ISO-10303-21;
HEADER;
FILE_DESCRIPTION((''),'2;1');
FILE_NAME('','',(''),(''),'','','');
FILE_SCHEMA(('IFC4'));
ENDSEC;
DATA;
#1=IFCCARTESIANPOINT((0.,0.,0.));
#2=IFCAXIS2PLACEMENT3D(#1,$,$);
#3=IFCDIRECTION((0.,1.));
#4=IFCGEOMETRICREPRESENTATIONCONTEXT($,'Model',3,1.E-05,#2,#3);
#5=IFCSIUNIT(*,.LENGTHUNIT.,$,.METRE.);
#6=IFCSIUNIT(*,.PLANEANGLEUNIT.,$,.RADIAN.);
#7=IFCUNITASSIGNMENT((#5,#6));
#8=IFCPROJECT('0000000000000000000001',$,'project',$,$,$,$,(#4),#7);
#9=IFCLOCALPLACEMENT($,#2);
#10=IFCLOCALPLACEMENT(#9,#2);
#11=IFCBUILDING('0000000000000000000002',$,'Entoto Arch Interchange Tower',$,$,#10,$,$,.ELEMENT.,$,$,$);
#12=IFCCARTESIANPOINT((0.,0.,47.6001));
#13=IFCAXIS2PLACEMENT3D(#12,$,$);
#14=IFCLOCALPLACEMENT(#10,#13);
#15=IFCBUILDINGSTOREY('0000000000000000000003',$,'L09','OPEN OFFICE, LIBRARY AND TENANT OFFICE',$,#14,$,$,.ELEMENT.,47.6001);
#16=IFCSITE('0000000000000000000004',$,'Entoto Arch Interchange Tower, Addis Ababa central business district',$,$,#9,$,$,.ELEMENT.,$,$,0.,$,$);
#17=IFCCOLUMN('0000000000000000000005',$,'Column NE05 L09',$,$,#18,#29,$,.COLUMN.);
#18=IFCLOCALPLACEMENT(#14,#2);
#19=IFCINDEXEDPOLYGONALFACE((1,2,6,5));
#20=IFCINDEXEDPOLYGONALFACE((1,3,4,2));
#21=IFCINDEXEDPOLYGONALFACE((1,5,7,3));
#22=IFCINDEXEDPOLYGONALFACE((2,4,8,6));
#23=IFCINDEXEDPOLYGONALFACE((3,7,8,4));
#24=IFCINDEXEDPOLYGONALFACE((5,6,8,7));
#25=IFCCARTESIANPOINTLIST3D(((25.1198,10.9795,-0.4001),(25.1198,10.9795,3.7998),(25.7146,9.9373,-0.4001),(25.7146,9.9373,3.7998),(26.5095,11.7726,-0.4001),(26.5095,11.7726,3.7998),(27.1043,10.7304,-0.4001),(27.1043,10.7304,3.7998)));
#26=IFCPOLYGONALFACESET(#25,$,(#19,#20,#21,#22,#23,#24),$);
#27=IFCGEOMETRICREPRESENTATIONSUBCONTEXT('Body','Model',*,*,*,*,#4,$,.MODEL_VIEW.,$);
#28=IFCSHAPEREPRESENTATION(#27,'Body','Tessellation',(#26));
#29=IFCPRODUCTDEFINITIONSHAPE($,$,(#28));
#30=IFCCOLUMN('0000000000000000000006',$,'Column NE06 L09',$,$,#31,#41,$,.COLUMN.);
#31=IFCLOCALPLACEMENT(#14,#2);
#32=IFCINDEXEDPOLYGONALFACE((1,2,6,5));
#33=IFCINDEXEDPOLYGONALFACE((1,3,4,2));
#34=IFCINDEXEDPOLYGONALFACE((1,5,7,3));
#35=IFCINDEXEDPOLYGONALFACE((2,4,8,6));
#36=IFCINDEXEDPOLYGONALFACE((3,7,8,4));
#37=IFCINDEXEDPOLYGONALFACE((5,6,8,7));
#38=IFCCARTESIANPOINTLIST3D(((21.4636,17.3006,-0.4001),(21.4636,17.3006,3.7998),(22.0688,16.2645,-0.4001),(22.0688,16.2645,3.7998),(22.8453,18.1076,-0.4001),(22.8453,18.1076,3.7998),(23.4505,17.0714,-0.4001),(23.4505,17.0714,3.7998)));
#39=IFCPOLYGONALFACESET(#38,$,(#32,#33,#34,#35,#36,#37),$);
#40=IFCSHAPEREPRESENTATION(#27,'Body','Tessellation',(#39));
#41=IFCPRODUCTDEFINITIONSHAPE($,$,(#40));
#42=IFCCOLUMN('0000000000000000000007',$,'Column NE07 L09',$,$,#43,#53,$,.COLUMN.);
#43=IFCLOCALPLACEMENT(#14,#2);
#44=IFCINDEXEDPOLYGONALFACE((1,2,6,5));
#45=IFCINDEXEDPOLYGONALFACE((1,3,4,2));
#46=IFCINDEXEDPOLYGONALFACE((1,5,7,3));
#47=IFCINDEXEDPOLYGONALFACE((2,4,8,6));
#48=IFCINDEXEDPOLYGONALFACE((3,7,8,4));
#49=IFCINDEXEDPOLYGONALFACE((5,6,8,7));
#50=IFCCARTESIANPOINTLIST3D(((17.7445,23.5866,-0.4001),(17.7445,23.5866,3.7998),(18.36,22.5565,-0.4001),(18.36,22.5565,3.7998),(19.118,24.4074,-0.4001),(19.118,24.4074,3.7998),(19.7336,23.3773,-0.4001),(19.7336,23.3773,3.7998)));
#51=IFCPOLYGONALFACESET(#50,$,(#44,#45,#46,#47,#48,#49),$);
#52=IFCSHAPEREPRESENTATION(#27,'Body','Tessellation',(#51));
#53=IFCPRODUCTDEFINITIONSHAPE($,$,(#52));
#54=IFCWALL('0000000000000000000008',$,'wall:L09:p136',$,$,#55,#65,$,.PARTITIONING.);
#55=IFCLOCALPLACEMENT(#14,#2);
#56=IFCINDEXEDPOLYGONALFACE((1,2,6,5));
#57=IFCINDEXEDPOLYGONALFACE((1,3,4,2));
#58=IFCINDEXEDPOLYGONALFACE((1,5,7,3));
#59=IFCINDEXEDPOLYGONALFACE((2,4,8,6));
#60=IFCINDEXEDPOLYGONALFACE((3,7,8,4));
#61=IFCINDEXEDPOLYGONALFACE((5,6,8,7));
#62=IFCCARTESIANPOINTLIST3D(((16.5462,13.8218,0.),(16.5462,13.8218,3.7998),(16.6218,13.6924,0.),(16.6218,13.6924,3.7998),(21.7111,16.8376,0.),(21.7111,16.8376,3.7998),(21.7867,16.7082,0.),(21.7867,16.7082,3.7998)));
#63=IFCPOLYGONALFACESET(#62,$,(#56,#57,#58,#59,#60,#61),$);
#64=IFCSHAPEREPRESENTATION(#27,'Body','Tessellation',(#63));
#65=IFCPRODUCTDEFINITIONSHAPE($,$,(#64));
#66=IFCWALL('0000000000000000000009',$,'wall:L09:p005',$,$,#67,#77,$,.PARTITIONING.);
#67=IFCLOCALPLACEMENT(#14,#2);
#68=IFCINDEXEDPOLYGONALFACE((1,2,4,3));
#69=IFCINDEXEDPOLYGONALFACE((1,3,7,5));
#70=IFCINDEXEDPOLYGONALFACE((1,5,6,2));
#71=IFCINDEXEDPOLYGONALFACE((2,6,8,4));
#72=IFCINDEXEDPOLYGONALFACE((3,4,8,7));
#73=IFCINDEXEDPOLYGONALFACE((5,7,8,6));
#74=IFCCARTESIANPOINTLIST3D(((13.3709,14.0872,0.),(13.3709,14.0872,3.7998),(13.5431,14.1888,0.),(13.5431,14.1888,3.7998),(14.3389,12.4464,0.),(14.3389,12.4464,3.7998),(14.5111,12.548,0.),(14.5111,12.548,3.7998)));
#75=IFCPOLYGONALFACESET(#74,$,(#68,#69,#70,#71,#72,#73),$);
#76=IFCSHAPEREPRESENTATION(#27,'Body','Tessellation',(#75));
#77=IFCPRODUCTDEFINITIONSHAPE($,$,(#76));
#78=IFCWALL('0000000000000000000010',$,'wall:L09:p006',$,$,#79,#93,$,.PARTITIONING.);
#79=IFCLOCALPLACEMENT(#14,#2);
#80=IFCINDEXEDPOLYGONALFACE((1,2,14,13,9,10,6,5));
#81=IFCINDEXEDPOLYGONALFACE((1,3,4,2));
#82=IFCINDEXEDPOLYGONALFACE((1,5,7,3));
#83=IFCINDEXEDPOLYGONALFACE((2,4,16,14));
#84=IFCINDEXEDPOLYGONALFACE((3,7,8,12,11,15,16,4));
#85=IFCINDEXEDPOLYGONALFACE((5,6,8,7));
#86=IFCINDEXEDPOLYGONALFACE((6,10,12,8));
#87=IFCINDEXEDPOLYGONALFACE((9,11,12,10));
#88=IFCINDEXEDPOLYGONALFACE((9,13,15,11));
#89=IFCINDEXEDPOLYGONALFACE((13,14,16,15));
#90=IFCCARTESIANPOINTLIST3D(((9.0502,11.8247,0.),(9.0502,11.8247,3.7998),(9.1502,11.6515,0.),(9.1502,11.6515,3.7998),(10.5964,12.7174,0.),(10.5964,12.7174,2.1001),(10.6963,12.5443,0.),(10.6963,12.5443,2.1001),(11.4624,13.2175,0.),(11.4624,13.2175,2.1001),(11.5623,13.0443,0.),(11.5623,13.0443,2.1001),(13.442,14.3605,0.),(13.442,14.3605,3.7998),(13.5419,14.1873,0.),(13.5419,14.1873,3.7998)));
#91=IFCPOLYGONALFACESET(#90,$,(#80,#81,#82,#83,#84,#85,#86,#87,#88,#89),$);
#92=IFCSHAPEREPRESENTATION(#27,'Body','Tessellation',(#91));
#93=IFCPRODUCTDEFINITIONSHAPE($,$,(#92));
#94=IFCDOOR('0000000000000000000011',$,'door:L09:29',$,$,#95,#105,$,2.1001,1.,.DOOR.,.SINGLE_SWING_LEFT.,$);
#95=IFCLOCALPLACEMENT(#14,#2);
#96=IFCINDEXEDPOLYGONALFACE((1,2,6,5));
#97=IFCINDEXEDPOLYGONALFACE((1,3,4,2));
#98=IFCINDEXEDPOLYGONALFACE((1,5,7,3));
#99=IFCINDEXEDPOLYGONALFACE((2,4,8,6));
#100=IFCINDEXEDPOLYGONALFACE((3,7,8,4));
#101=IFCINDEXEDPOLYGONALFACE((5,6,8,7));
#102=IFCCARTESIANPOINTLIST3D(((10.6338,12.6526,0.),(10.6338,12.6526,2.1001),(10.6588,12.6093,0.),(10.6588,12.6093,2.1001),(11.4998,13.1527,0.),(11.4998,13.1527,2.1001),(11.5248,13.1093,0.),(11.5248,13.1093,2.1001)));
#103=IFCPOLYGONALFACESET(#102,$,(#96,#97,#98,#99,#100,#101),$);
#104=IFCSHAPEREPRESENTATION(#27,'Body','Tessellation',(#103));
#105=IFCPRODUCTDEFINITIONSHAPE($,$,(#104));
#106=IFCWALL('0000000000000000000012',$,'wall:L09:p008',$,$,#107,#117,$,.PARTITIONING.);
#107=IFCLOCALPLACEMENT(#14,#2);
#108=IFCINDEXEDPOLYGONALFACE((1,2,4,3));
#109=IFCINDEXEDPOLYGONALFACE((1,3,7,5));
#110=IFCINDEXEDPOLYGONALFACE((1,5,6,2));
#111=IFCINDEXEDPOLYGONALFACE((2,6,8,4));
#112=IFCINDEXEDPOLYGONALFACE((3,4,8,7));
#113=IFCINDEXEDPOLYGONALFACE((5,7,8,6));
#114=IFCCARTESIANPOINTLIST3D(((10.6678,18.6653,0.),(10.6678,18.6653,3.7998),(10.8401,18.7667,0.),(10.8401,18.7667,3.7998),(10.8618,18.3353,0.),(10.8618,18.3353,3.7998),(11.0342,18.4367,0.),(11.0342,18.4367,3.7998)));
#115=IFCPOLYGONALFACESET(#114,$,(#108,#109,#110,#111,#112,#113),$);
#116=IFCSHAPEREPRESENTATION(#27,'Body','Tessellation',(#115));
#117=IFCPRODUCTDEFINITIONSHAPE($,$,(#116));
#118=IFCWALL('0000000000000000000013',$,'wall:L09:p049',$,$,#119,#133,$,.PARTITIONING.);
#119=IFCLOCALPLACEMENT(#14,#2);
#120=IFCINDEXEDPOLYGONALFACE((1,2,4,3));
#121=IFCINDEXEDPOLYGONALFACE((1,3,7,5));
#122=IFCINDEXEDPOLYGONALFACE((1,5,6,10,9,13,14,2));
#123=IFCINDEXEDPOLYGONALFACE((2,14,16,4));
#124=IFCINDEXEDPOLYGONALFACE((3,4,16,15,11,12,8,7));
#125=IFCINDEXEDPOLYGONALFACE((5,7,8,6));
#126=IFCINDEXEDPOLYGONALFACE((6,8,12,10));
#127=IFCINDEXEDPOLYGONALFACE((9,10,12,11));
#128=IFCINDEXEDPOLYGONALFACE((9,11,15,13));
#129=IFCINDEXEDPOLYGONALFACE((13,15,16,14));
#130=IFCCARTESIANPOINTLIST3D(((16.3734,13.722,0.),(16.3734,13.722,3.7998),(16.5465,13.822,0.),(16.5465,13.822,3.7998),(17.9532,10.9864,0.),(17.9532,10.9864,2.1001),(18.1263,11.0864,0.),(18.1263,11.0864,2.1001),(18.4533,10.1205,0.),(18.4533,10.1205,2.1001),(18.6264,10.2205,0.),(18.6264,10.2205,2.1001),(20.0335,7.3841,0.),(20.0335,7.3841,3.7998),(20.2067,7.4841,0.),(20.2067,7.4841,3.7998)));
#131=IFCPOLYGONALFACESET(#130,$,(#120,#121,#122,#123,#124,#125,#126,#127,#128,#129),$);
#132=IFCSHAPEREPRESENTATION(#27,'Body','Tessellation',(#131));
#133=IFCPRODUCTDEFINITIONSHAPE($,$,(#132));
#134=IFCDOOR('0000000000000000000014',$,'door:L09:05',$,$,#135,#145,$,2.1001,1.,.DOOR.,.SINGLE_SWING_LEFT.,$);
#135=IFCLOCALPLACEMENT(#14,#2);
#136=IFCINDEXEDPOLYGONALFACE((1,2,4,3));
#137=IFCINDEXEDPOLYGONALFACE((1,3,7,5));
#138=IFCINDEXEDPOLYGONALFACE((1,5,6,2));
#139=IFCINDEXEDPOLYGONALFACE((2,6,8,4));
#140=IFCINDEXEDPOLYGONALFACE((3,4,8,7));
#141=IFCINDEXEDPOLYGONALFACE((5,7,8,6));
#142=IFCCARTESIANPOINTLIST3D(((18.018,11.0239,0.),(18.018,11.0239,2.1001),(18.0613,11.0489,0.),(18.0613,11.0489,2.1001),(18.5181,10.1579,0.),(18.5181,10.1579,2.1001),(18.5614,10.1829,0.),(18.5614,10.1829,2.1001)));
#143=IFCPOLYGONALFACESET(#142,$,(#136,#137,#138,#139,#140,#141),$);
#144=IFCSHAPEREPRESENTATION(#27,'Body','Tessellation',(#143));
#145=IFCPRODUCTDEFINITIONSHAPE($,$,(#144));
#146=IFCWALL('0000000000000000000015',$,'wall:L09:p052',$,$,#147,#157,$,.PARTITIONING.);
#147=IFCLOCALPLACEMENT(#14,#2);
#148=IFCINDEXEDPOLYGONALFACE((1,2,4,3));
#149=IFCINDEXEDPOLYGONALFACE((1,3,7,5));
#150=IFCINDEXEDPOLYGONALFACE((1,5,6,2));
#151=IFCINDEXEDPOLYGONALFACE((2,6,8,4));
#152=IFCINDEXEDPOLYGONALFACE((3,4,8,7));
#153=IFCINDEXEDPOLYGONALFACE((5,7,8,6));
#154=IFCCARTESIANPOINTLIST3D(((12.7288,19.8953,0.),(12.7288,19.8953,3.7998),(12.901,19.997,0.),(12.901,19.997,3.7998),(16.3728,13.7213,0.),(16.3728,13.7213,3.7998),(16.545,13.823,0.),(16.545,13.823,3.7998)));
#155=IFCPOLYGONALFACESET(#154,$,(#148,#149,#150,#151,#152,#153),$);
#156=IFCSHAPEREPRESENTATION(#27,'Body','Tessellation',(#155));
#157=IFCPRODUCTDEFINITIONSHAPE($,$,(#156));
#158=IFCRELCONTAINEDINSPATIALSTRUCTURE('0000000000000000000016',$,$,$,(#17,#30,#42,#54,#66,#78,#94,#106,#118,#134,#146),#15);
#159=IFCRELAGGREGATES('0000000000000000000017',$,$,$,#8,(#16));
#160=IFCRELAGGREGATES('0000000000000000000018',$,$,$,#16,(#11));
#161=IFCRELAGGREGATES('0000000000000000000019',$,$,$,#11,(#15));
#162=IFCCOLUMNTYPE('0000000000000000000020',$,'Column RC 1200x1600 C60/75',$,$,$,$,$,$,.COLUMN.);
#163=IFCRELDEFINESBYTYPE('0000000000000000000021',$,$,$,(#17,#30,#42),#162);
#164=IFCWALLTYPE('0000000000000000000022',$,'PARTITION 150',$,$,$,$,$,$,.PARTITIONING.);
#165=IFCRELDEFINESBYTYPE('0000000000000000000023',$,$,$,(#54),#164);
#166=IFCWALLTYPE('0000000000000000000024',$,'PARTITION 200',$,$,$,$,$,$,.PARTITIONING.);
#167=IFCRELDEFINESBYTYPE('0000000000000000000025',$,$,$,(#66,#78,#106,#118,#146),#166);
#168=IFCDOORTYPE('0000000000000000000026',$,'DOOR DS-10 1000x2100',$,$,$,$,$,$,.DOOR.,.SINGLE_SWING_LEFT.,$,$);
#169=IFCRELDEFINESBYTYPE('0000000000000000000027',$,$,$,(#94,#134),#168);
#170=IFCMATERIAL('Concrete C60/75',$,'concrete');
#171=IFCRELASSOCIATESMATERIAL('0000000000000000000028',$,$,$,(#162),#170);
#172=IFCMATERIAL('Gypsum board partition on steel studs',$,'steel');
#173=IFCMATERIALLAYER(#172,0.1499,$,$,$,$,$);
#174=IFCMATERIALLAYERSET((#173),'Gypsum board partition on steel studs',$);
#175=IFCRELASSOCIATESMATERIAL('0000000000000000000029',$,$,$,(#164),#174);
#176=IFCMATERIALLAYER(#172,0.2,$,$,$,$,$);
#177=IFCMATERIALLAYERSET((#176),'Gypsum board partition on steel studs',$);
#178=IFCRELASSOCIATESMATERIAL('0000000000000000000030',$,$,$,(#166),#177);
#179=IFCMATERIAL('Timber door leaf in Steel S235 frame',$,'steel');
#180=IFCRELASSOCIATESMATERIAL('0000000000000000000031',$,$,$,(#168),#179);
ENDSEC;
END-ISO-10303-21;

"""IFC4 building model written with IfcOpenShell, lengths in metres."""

from ifc_helpers import new_model, si_unit, direction, frame, frame_2d, origin, origin_2d, place, context, subcontext, project, spatial, rectangle, extrude, material, layer, layer_set, material_profile, profile_set, type_object, element, fill, save


model = new_model("IFC4")

# Units and contexts
model_context = context("Model", 3, precision=1e-05, world=origin(), true_north=direction((0.0, 1.0)))
body_context = subcontext(model_context, "Body", "Model", "MODEL_VIEW")
ifc_project = project(units=[si_unit("LENGTHUNIT", "METRE"), si_unit("PLANEANGLEUNIT", "RADIAN")], contexts=[model_context])

# Site, building, storey
site_placement = place(None, origin())
site = spatial("IfcSite", under=ifc_project, at=site_placement, Name="Entoto Arch Interchange Tower, Addis Ababa central business district", CompositionType="ELEMENT", RefElevation=0.0)
building_placement = place(site_placement, origin())
building = spatial("IfcBuilding", under=site, at=building_placement, Name="Entoto Arch Interchange Tower", CompositionType="ELEMENT")
storey_placement = place(building_placement, frame((0.0, 0.0, 47.6001)))
storey = spatial("IfcBuildingStorey", under=building, at=storey_placement, Name="L09", Description="OPEN OFFICE, LIBRARY AND TENANT OFFICE", CompositionType="ELEMENT", Elevation=47.6001)

# Columns
ifc_material_1 = material(Name="Concrete C60/75", Category="concrete")
ifc_material_profile = material_profile(ifc_material_1, rectangle(XDim=1.2, YDim=1.6001, at=origin_2d()))
ifc_profile_set = profile_set([ifc_material_profile], Name="Concrete C60/75")
column_type = type_object("IfcColumnType", Name="Column RC 1200x1600 C60/75", PredefinedType="COLUMN", material=ifc_profile_set)
for number, where, z_axis, x_axis, name in (
    (1, (26.1121, 10.855, -0.4001), (0.0, 0.0, 1.0), (-0.495656, 0.868519, 0.0), "Column NE05 L09"),
    (2, (22.457, 17.186, -0.4001), (0.0, 0.0, 1.0), (-0.504332, 0.86351, 0.0), "Column NE06 L09"),
    (3, (18.739, 23.4819, -0.4001), (0.0, 0.0, 1.0), (-0.512972, 0.858405, 0.0), "Column NE07 L09"),
):
    element("IfcColumn", number, at=place(storey_placement, frame(where, z_axis=z_axis, x_axis=x_axis)), inside=storey, type_object=column_type, Name=name, PredefinedType="COLUMN", context=body_context, shape_type="SweptSolid", body=[
        extrude(rectangle(XDim=1.2, YDim=1.6001, at=origin_2d()), origin(), (0.0, 0.0, 1.0), 4.2),
    ])

# Walls
ifc_material_2 = material(Name="Gypsum board partition on steel studs", Category="steel")
ifc_layer_1 = layer(ifc_material_2, 0.1499)
ifc_layer_set_1 = layer_set([ifc_layer_1], Name="Gypsum board partition on steel studs")
wall_type_1 = type_object("IfcWallType", Name="PARTITION 150", PredefinedType="PARTITIONING", material=ifc_layer_set_1)
wall_1_placement = place(storey_placement, frame((16.584, 13.7571, 0.0), z_axis=(0.0, 0.0, 1.0), x_axis=(0.863566, 0.504236, 0.0)))
element("IfcWall", 4, at=wall_1_placement, inside=storey, type_object=wall_type_1, Name="wall:L09:p136", PredefinedType="PARTITIONING", context=body_context, shape_type="SweptSolid", body=[
    extrude(rectangle(XDim=5.981, YDim=0.1499, at=frame_2d((2.9905, 0.0))), origin(), (0.0, 0.0, 1.0), 3.7998),
])
ifc_layer_2 = layer(ifc_material_2, 0.2)
ifc_layer_set_2 = layer_set([ifc_layer_2], Name="Gypsum board partition on steel studs")
wall_type_2 = type_object("IfcWallType", Name="PARTITION 200", PredefinedType="PARTITIONING", material=ifc_layer_set_2)
wall_2_placement = place(storey_placement, frame((14.425, 12.4971, 0.0), z_axis=(0.0, 0.0, 1.0), x_axis=(-0.508112, 0.861291, 0.0)))
element("IfcWall", 5, at=wall_2_placement, inside=storey, type_object=wall_type_2, Name="wall:L09:p005", PredefinedType="PARTITIONING", context=body_context, shape_type="SweptSolid", body=[
    extrude(rectangle(XDim=1.905, YDim=0.2, at=frame_2d((0.9526, 0.0))), origin(), (0.0, 0.0, 1.0), 3.7998),
])

# Wall, opening, door
wall_3_placement = place(storey_placement, frame((13.4919, 14.2739, 0.0), z_axis=(0.0, 0.0, 1.0), x_axis=(-0.866004, -0.500038, 0.0)))
wall_3 = element("IfcWall", 6, at=wall_3_placement, inside=storey, type_object=wall_type_2, Name="wall:L09:p006", PredefinedType="PARTITIONING", context=body_context, shape_type="SweptSolid", body=[
    extrude(rectangle(XDim=5.0713, YDim=0.2, at=frame_2d((2.5356, 0.0))), origin(), (0.0, 0.0, 1.0), 3.7998),
])
opening_1_placement = place(wall_3_placement, frame((2.2859, 0.0, 0.0)))
opening_1 = element("IfcOpeningElement", 7, at=opening_1_placement, cuts=wall_3, PredefinedType="OPENING", context=body_context, shape_type="SweptSolid", body=[
    extrude(rectangle(XDim=1.0, YDim=2.1001, at=frame_2d((0.5, 1.05))), frame((0.0, 0.1099, 0.0), z_axis=(0.0, -1.0, 0.0), x_axis=(1.0, 0.0, 0.0)), (0.0, 0.0, 1.0), 0.22),
])
ifc_material_3 = material(Name="Timber door leaf in Steel S235 frame", Category="steel")
door_type = type_object("IfcDoorType", Name="DOOR DS-10 1000x2100", OperationType="SINGLE_SWING_LEFT", PredefinedType="DOOR", material=ifc_material_3)
door_1_placement = place(opening_1_placement, origin())
door_1 = element("IfcDoor", 8, at=door_1_placement, inside=storey, type_object=door_type, Name="door:L09:29", OperationType="SINGLE_SWING_LEFT", OverallHeight=2.1001, OverallWidth=1.0, PredefinedType="DOOR", context=body_context, shape_type="SweptSolid", body=[
    extrude(rectangle(XDim=1.0, YDim=2.1001, at=frame_2d((0.5, 1.05))), frame((0.0, 0.0249, 0.0), z_axis=(0.0, -1.0, 0.0), x_axis=(1.0, 0.0, 0.0)), (0.0, 0.0, 1.0), 0.05),
])
fill(opening_1, door_1)

# Wall
wall_4_placement = place(storey_placement, frame((10.948, 18.386, 0.0), z_axis=(0.0, 0.0, 1.0), x_axis=(-0.506881, 0.862016, 0.0)))
element("IfcWall", 9, at=wall_4_placement, inside=storey, type_object=wall_type_2, Name="wall:L09:p008", PredefinedType="PARTITIONING", context=body_context, shape_type="SweptSolid", body=[
    extrude(rectangle(XDim=0.3828, YDim=0.2, at=frame_2d((0.1914, 0.0))), origin(), (0.0, 0.0, 1.0), 3.7998),
])

# Wall, opening, door
wall_5_placement = place(storey_placement, frame((16.46, 13.772, 0.0), z_axis=(0.0, 0.0, 1.0), x_axis=(0.5001, -0.865968, 0.0)))
wall_5 = element("IfcWall", 10, at=wall_5_placement, inside=storey, type_object=wall_type_2, Name="wall:L09:p049", PredefinedType="PARTITIONING", context=body_context, shape_type="SweptSolid", body=[
    extrude(rectangle(XDim=7.3188, YDim=0.2, at=frame_2d((3.6594, 0.0))), origin(), (0.0, 0.0, 1.0), 3.7998),
])
opening_2_placement = place(wall_5_placement, frame((3.1589, 0.0, 0.0)))
opening_2 = element("IfcOpeningElement", 11, at=opening_2_placement, cuts=wall_5, PredefinedType="OPENING", context=body_context, shape_type="SweptSolid", body=[
    extrude(rectangle(XDim=1.0, YDim=2.1001, at=frame_2d((0.5, 1.05))), frame((0.0, 0.1099, 0.0), z_axis=(0.0, -1.0, 0.0), x_axis=(1.0, 0.0, 0.0)), (0.0, 0.0, 1.0), 0.22),
])
door_2_placement = place(opening_2_placement, origin())
door_2 = element("IfcDoor", 12, at=door_2_placement, inside=storey, type_object=door_type, Name="door:L09:05", OperationType="SINGLE_SWING_LEFT", OverallHeight=2.1001, OverallWidth=1.0, PredefinedType="DOOR", context=body_context, shape_type="SweptSolid", body=[
    extrude(rectangle(XDim=1.0, YDim=2.1001, at=frame_2d((0.5, 1.05))), frame((0.0, 0.0249, 0.0), z_axis=(0.0, -1.0, 0.0), x_axis=(1.0, 0.0, 0.0)), (0.0, 0.0, 1.0), 0.05),
])
fill(opening_2, door_2)

# Wall
wall_6_placement = place(storey_placement, frame((12.8149, 19.946, 0.0), z_axis=(0.0, 0.0, 1.0), x_axis=(0.508288, -0.861187, 0.0)))
element("IfcWall", 13, at=wall_6_placement, inside=storey, type_object=wall_type_2, Name="wall:L09:p052", PredefinedType="PARTITIONING", context=body_context, shape_type="SweptSolid", body=[
    extrude(rectangle(XDim=7.1692, YDim=0.2, at=frame_2d((3.5845, 0.0))), origin(), (0.0, 0.0, 1.0), 3.7998),
])

save(model, "model.ifc")
